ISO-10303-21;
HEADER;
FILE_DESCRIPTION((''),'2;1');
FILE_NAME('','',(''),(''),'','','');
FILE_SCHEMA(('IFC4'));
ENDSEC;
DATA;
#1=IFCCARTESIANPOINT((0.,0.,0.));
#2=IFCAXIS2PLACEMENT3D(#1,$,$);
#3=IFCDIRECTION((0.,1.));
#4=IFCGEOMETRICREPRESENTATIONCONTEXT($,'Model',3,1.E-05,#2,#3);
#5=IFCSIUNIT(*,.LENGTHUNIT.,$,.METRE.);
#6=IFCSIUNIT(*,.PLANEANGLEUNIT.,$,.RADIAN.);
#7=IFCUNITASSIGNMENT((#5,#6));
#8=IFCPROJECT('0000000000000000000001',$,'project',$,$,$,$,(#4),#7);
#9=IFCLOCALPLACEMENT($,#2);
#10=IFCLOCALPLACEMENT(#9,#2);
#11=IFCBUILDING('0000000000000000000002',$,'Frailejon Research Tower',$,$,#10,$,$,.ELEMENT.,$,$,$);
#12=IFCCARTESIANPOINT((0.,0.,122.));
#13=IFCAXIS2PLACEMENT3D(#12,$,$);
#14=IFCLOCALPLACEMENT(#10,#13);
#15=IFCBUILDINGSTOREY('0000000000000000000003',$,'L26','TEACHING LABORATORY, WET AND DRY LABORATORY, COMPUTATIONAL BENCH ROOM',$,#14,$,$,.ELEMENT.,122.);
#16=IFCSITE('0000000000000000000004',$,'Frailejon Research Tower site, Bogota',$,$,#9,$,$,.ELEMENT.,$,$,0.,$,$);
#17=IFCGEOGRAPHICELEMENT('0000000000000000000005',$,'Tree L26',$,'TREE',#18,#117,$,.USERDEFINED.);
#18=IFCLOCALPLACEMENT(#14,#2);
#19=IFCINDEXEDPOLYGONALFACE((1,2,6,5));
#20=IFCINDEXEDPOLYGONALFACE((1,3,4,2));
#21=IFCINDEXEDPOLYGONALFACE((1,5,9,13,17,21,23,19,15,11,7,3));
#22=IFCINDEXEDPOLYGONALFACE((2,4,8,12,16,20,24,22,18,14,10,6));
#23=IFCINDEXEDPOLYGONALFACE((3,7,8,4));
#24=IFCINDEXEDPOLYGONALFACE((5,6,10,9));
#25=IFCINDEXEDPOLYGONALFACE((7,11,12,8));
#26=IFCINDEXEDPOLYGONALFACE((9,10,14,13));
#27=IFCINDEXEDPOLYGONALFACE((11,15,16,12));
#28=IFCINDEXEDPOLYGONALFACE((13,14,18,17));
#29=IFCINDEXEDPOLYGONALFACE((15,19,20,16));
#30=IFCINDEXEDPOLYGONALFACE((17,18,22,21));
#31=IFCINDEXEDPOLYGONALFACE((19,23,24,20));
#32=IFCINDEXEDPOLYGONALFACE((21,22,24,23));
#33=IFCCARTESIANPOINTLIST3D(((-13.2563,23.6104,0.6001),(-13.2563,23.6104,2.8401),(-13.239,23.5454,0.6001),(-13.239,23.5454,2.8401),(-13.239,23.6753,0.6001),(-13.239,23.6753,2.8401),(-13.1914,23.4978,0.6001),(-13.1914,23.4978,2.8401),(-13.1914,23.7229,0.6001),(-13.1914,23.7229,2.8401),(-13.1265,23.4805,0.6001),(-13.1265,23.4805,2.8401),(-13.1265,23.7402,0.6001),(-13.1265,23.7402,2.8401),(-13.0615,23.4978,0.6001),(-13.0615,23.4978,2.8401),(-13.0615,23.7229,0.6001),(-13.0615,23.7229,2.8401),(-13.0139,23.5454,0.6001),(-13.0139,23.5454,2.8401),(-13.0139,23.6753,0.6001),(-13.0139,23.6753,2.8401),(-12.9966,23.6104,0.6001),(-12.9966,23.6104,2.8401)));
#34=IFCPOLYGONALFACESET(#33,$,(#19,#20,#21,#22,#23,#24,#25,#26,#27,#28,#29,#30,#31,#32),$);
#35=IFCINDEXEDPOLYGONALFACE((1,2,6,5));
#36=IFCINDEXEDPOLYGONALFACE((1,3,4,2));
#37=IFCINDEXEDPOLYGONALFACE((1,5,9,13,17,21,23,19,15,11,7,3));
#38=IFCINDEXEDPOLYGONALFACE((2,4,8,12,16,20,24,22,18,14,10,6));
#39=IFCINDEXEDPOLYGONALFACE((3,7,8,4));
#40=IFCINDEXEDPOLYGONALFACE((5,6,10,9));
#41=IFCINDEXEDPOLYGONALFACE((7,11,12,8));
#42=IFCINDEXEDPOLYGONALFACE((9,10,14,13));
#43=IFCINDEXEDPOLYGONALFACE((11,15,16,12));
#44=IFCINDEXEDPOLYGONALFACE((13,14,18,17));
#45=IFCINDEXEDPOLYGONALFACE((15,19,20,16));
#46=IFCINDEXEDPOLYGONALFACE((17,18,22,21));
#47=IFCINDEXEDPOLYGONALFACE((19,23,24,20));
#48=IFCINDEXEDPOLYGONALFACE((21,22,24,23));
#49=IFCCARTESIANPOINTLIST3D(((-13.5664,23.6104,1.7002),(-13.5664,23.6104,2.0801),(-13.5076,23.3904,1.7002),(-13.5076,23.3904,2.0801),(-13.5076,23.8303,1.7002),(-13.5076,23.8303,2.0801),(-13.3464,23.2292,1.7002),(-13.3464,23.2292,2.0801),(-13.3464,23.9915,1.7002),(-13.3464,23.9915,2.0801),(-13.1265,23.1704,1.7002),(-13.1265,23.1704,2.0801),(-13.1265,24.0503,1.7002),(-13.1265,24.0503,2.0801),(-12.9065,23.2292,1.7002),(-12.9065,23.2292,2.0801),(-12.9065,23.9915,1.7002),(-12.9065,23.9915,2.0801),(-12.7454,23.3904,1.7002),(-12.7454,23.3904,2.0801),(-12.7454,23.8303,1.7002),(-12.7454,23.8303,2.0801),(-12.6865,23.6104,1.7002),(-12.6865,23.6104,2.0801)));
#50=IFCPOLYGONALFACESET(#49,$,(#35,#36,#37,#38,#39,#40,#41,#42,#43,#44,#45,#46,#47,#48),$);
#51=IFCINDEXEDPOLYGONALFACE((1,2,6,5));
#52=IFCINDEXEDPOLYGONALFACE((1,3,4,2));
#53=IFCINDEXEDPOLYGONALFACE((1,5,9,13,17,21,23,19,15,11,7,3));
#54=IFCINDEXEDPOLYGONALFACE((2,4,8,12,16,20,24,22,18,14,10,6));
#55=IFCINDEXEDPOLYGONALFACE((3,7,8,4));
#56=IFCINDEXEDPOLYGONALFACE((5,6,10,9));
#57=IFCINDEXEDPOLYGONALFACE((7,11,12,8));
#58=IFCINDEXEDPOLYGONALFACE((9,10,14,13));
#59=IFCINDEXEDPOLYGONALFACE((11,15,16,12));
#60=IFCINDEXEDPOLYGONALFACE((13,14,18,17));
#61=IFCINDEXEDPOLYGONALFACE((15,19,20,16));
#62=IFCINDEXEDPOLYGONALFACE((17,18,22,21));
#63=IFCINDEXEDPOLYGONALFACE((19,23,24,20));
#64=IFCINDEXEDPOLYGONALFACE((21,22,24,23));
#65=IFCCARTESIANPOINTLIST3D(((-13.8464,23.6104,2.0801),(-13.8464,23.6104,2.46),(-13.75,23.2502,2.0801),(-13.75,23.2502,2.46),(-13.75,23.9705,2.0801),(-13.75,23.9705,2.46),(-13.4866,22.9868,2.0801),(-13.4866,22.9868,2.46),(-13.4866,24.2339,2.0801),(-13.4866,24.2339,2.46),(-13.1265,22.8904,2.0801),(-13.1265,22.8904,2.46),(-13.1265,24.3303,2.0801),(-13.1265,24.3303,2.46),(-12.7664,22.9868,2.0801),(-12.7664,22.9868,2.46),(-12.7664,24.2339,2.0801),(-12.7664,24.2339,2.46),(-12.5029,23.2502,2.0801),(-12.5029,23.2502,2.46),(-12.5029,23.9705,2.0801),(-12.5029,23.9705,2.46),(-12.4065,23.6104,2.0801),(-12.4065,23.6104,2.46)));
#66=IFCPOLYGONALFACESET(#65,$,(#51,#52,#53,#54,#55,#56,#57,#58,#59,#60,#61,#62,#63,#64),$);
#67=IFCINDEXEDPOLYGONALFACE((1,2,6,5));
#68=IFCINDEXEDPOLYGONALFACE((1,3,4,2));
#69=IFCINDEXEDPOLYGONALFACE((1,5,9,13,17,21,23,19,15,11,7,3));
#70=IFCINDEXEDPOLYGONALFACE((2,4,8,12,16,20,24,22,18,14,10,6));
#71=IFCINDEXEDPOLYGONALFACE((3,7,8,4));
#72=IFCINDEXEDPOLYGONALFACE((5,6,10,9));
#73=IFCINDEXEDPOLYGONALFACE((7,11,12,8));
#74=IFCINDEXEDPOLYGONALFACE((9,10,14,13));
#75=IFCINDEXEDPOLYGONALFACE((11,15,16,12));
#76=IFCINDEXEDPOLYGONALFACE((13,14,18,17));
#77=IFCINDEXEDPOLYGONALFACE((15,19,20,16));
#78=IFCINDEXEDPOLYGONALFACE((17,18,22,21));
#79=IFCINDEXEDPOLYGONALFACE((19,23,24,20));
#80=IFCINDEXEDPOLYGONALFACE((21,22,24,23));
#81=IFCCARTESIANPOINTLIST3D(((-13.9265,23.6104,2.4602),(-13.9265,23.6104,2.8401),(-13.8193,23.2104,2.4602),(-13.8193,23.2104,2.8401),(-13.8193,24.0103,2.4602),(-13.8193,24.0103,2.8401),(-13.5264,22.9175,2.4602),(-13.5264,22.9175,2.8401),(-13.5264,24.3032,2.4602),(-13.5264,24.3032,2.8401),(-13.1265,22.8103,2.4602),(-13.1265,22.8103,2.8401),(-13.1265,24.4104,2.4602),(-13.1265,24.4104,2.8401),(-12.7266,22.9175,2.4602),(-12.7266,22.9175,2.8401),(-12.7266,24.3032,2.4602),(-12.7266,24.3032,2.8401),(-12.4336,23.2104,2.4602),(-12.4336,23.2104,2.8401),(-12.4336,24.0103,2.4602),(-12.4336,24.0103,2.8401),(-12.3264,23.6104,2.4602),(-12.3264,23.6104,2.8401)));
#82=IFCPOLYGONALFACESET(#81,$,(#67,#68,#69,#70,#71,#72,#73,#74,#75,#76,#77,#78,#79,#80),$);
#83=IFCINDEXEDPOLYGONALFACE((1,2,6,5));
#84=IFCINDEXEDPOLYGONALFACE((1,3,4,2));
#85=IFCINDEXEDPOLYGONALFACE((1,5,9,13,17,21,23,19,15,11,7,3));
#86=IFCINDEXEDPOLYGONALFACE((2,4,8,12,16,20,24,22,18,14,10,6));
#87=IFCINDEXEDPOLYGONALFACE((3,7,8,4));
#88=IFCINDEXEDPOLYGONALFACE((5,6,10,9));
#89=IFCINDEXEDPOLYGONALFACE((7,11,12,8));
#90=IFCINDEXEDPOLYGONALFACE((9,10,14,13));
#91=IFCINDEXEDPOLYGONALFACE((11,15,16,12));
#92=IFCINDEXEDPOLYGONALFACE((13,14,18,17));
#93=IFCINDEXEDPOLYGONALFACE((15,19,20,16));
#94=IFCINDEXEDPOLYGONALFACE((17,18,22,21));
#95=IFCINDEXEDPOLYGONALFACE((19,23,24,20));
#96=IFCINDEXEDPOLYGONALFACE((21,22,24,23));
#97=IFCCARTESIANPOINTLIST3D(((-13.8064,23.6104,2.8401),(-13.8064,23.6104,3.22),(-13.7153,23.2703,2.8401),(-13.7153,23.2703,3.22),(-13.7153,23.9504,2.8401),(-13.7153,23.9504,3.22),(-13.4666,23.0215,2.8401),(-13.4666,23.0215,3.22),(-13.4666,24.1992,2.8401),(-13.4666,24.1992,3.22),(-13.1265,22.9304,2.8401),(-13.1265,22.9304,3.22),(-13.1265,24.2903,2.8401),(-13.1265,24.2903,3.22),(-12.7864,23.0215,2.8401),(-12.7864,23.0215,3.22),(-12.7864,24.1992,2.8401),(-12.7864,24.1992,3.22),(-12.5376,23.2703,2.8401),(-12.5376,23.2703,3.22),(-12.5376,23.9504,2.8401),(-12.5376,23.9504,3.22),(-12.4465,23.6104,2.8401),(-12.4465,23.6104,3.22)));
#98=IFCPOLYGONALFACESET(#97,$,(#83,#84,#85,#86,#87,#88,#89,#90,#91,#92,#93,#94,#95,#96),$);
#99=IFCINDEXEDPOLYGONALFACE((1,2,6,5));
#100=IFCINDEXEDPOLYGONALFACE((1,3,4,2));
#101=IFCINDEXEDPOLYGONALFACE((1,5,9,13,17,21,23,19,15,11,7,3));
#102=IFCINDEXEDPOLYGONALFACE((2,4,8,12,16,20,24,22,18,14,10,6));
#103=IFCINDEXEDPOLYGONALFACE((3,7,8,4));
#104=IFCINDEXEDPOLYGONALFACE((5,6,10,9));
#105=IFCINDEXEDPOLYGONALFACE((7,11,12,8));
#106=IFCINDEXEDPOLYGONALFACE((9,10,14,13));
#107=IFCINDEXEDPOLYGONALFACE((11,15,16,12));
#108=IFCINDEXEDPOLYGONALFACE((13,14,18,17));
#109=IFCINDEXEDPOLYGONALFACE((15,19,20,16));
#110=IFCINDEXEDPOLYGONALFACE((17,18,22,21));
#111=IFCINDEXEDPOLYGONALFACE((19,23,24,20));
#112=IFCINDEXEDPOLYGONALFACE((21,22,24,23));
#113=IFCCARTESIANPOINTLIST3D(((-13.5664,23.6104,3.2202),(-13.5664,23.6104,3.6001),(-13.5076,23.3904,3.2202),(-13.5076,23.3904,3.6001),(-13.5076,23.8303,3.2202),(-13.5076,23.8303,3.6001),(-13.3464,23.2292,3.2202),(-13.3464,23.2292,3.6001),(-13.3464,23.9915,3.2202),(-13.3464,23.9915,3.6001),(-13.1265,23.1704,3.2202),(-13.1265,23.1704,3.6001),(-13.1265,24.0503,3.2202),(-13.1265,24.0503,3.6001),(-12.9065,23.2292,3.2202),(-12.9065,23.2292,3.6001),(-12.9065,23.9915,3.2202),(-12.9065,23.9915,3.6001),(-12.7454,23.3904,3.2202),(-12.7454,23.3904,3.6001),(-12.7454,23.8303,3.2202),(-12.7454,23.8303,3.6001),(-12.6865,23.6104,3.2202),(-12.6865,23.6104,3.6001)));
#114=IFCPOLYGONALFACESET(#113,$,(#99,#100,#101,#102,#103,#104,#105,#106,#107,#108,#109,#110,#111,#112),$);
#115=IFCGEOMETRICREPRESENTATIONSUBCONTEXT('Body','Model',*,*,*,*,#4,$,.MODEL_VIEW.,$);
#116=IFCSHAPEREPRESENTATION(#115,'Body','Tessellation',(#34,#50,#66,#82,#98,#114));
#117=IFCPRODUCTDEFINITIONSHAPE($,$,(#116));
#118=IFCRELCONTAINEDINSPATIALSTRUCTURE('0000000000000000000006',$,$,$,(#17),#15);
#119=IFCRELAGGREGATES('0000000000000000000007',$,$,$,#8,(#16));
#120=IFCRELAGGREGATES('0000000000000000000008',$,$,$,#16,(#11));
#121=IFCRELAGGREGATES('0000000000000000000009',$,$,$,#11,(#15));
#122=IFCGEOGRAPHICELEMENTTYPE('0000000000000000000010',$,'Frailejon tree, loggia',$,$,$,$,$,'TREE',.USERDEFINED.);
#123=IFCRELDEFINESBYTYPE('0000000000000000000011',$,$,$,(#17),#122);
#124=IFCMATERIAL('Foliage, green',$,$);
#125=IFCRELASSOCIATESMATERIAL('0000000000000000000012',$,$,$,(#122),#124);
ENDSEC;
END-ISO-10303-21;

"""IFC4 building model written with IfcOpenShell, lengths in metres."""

from ifc_helpers import new_model, si_unit, direction, frame, origin, place, context, subcontext, project, spatial, polyline, outline, extrude, material, type_object, element, save


model = new_model("IFC4")

# Units and contexts
model_context = context("Model", 3, precision=1e-05, world=origin(), true_north=direction((0.0, 1.0)))
body_context = subcontext(model_context, "Body", "Model", "MODEL_VIEW")
ifc_project = project(units=[si_unit("LENGTHUNIT", "METRE"), si_unit("PLANEANGLEUNIT", "RADIAN")], contexts=[model_context])

# Site, building, storey
site_placement = place(None, origin())
site = spatial("IfcSite", under=ifc_project, at=site_placement, Name="Frailejon Research Tower site, Bogota", CompositionType="ELEMENT", RefElevation=0.0)
building_placement = place(site_placement, origin())
building = spatial("IfcBuilding", under=site, at=building_placement, Name="Frailejon Research Tower", CompositionType="ELEMENT")
storey_placement = place(building_placement, frame((0.0, 0.0, 122.0)))
storey = spatial("IfcBuildingStorey", under=building, at=storey_placement, Name="L26", Description="TEACHING LABORATORY, WET AND DRY LABORATORY, COMPUTATIONAL BENCH ROOM", CompositionType="ELEMENT", Elevation=122.0)

# Geographic element
ifc_material_1 = material(Name="Foliage, green")
geographic_element_type = type_object("IfcGeographicElementType", Name="Frailejon tree, loggia", ElementType="TREE", PredefinedType="USERDEFINED", material=ifc_material_1)
geographic_element_placement = place(storey_placement, frame((-13.1265, 23.6104, 0.6001)))
element("IfcGeographicElement", 1, at=geographic_element_placement, inside=storey, type_object=geographic_element_type, Name="Tree L26", ObjectType="TREE", PredefinedType="USERDEFINED", context=body_context, shape_type="SweptSolid", body=[
    extrude(outline(polyline([(0.1299, 0.0), (0.1125, 0.0649), (0.0649, 0.1125), (0.0, 0.1299), (-0.0649, 0.1125), (-0.1125, 0.0649), (-0.1299, 0.0), (-0.1125, -0.0649), (-0.0649, -0.1125), (0.0, -0.1299), (0.0649, -0.1125), (0.1125, -0.0649), (0.1299, 0.0)])), origin(), (0.0, 0.0, 1.0), 2.24),
    extrude(outline(polyline([(0.4399, 0.0), (0.3811, 0.22), (0.22, 0.3811), (0.0, 0.4399), (-0.22, 0.3811), (-0.3811, 0.22), (-0.4399, 0.0), (-0.3811, -0.22), (-0.22, -0.3811), (0.0, -0.4399), (0.22, -0.3811), (0.3811, -0.22), (0.4399, 0.0)])), frame((0.0, 0.0, 1.1001)), (0.0, 0.0, 1.0), 0.3799),
    extrude(outline(polyline([(0.72, 0.0), (0.6235, 0.3601), (0.3601, 0.6235), (0.0, 0.72), (-0.3601, 0.6235), (-0.6235, 0.3601), (-0.72, 0.0), (-0.6235, -0.3601), (-0.3601, -0.6235), (0.0, -0.72), (0.3601, -0.6235), (0.6235, -0.3601), (0.72, 0.0)])), frame((0.0, 0.0, 1.48)), (0.0, 0.0, 1.0), 0.3799),
    extrude(outline(polyline([(0.8, 0.0), (0.6929, 0.3999), (0.3999, 0.6929), (0.0, 0.8), (-0.3999, 0.6929), (-0.6929, 0.3999), (-0.8, 0.0), (-0.6929, -0.3999), (-0.3999, -0.6929), (0.0, -0.8), (0.3999, -0.6929), (0.6929, -0.3999), (0.8, 0.0)])), frame((0.0, 0.0, 1.8601)), (0.0, 0.0, 1.0), 0.3799),
    extrude(outline(polyline([(0.6799, 0.0), (0.5889, 0.3401), (0.3401, 0.5889), (0.0, 0.6799), (-0.3401, 0.5889), (-0.5889, 0.3401), (-0.6799, 0.0), (-0.5889, -0.3401), (-0.3401, -0.5889), (0.0, -0.6799), (0.3401, -0.5889), (0.5889, -0.3401), (0.6799, 0.0)])), frame((0.0, 0.0, 2.24)), (0.0, 0.0, 1.0), 0.3799),
    extrude(outline(polyline([(0.4399, 0.0), (0.3811, 0.22), (0.22, 0.3811), (0.0, 0.4399), (-0.22, 0.3811), (-0.3811, 0.22), (-0.4399, 0.0), (-0.3811, -0.22), (-0.22, -0.3811), (0.0, -0.4399), (0.22, -0.3811), (0.3811, -0.22), (0.4399, 0.0)])), frame((0.0, 0.0, 2.6201)), (0.0, 0.0, 1.0), 0.3799),
])

save(model, "model.ifc")
